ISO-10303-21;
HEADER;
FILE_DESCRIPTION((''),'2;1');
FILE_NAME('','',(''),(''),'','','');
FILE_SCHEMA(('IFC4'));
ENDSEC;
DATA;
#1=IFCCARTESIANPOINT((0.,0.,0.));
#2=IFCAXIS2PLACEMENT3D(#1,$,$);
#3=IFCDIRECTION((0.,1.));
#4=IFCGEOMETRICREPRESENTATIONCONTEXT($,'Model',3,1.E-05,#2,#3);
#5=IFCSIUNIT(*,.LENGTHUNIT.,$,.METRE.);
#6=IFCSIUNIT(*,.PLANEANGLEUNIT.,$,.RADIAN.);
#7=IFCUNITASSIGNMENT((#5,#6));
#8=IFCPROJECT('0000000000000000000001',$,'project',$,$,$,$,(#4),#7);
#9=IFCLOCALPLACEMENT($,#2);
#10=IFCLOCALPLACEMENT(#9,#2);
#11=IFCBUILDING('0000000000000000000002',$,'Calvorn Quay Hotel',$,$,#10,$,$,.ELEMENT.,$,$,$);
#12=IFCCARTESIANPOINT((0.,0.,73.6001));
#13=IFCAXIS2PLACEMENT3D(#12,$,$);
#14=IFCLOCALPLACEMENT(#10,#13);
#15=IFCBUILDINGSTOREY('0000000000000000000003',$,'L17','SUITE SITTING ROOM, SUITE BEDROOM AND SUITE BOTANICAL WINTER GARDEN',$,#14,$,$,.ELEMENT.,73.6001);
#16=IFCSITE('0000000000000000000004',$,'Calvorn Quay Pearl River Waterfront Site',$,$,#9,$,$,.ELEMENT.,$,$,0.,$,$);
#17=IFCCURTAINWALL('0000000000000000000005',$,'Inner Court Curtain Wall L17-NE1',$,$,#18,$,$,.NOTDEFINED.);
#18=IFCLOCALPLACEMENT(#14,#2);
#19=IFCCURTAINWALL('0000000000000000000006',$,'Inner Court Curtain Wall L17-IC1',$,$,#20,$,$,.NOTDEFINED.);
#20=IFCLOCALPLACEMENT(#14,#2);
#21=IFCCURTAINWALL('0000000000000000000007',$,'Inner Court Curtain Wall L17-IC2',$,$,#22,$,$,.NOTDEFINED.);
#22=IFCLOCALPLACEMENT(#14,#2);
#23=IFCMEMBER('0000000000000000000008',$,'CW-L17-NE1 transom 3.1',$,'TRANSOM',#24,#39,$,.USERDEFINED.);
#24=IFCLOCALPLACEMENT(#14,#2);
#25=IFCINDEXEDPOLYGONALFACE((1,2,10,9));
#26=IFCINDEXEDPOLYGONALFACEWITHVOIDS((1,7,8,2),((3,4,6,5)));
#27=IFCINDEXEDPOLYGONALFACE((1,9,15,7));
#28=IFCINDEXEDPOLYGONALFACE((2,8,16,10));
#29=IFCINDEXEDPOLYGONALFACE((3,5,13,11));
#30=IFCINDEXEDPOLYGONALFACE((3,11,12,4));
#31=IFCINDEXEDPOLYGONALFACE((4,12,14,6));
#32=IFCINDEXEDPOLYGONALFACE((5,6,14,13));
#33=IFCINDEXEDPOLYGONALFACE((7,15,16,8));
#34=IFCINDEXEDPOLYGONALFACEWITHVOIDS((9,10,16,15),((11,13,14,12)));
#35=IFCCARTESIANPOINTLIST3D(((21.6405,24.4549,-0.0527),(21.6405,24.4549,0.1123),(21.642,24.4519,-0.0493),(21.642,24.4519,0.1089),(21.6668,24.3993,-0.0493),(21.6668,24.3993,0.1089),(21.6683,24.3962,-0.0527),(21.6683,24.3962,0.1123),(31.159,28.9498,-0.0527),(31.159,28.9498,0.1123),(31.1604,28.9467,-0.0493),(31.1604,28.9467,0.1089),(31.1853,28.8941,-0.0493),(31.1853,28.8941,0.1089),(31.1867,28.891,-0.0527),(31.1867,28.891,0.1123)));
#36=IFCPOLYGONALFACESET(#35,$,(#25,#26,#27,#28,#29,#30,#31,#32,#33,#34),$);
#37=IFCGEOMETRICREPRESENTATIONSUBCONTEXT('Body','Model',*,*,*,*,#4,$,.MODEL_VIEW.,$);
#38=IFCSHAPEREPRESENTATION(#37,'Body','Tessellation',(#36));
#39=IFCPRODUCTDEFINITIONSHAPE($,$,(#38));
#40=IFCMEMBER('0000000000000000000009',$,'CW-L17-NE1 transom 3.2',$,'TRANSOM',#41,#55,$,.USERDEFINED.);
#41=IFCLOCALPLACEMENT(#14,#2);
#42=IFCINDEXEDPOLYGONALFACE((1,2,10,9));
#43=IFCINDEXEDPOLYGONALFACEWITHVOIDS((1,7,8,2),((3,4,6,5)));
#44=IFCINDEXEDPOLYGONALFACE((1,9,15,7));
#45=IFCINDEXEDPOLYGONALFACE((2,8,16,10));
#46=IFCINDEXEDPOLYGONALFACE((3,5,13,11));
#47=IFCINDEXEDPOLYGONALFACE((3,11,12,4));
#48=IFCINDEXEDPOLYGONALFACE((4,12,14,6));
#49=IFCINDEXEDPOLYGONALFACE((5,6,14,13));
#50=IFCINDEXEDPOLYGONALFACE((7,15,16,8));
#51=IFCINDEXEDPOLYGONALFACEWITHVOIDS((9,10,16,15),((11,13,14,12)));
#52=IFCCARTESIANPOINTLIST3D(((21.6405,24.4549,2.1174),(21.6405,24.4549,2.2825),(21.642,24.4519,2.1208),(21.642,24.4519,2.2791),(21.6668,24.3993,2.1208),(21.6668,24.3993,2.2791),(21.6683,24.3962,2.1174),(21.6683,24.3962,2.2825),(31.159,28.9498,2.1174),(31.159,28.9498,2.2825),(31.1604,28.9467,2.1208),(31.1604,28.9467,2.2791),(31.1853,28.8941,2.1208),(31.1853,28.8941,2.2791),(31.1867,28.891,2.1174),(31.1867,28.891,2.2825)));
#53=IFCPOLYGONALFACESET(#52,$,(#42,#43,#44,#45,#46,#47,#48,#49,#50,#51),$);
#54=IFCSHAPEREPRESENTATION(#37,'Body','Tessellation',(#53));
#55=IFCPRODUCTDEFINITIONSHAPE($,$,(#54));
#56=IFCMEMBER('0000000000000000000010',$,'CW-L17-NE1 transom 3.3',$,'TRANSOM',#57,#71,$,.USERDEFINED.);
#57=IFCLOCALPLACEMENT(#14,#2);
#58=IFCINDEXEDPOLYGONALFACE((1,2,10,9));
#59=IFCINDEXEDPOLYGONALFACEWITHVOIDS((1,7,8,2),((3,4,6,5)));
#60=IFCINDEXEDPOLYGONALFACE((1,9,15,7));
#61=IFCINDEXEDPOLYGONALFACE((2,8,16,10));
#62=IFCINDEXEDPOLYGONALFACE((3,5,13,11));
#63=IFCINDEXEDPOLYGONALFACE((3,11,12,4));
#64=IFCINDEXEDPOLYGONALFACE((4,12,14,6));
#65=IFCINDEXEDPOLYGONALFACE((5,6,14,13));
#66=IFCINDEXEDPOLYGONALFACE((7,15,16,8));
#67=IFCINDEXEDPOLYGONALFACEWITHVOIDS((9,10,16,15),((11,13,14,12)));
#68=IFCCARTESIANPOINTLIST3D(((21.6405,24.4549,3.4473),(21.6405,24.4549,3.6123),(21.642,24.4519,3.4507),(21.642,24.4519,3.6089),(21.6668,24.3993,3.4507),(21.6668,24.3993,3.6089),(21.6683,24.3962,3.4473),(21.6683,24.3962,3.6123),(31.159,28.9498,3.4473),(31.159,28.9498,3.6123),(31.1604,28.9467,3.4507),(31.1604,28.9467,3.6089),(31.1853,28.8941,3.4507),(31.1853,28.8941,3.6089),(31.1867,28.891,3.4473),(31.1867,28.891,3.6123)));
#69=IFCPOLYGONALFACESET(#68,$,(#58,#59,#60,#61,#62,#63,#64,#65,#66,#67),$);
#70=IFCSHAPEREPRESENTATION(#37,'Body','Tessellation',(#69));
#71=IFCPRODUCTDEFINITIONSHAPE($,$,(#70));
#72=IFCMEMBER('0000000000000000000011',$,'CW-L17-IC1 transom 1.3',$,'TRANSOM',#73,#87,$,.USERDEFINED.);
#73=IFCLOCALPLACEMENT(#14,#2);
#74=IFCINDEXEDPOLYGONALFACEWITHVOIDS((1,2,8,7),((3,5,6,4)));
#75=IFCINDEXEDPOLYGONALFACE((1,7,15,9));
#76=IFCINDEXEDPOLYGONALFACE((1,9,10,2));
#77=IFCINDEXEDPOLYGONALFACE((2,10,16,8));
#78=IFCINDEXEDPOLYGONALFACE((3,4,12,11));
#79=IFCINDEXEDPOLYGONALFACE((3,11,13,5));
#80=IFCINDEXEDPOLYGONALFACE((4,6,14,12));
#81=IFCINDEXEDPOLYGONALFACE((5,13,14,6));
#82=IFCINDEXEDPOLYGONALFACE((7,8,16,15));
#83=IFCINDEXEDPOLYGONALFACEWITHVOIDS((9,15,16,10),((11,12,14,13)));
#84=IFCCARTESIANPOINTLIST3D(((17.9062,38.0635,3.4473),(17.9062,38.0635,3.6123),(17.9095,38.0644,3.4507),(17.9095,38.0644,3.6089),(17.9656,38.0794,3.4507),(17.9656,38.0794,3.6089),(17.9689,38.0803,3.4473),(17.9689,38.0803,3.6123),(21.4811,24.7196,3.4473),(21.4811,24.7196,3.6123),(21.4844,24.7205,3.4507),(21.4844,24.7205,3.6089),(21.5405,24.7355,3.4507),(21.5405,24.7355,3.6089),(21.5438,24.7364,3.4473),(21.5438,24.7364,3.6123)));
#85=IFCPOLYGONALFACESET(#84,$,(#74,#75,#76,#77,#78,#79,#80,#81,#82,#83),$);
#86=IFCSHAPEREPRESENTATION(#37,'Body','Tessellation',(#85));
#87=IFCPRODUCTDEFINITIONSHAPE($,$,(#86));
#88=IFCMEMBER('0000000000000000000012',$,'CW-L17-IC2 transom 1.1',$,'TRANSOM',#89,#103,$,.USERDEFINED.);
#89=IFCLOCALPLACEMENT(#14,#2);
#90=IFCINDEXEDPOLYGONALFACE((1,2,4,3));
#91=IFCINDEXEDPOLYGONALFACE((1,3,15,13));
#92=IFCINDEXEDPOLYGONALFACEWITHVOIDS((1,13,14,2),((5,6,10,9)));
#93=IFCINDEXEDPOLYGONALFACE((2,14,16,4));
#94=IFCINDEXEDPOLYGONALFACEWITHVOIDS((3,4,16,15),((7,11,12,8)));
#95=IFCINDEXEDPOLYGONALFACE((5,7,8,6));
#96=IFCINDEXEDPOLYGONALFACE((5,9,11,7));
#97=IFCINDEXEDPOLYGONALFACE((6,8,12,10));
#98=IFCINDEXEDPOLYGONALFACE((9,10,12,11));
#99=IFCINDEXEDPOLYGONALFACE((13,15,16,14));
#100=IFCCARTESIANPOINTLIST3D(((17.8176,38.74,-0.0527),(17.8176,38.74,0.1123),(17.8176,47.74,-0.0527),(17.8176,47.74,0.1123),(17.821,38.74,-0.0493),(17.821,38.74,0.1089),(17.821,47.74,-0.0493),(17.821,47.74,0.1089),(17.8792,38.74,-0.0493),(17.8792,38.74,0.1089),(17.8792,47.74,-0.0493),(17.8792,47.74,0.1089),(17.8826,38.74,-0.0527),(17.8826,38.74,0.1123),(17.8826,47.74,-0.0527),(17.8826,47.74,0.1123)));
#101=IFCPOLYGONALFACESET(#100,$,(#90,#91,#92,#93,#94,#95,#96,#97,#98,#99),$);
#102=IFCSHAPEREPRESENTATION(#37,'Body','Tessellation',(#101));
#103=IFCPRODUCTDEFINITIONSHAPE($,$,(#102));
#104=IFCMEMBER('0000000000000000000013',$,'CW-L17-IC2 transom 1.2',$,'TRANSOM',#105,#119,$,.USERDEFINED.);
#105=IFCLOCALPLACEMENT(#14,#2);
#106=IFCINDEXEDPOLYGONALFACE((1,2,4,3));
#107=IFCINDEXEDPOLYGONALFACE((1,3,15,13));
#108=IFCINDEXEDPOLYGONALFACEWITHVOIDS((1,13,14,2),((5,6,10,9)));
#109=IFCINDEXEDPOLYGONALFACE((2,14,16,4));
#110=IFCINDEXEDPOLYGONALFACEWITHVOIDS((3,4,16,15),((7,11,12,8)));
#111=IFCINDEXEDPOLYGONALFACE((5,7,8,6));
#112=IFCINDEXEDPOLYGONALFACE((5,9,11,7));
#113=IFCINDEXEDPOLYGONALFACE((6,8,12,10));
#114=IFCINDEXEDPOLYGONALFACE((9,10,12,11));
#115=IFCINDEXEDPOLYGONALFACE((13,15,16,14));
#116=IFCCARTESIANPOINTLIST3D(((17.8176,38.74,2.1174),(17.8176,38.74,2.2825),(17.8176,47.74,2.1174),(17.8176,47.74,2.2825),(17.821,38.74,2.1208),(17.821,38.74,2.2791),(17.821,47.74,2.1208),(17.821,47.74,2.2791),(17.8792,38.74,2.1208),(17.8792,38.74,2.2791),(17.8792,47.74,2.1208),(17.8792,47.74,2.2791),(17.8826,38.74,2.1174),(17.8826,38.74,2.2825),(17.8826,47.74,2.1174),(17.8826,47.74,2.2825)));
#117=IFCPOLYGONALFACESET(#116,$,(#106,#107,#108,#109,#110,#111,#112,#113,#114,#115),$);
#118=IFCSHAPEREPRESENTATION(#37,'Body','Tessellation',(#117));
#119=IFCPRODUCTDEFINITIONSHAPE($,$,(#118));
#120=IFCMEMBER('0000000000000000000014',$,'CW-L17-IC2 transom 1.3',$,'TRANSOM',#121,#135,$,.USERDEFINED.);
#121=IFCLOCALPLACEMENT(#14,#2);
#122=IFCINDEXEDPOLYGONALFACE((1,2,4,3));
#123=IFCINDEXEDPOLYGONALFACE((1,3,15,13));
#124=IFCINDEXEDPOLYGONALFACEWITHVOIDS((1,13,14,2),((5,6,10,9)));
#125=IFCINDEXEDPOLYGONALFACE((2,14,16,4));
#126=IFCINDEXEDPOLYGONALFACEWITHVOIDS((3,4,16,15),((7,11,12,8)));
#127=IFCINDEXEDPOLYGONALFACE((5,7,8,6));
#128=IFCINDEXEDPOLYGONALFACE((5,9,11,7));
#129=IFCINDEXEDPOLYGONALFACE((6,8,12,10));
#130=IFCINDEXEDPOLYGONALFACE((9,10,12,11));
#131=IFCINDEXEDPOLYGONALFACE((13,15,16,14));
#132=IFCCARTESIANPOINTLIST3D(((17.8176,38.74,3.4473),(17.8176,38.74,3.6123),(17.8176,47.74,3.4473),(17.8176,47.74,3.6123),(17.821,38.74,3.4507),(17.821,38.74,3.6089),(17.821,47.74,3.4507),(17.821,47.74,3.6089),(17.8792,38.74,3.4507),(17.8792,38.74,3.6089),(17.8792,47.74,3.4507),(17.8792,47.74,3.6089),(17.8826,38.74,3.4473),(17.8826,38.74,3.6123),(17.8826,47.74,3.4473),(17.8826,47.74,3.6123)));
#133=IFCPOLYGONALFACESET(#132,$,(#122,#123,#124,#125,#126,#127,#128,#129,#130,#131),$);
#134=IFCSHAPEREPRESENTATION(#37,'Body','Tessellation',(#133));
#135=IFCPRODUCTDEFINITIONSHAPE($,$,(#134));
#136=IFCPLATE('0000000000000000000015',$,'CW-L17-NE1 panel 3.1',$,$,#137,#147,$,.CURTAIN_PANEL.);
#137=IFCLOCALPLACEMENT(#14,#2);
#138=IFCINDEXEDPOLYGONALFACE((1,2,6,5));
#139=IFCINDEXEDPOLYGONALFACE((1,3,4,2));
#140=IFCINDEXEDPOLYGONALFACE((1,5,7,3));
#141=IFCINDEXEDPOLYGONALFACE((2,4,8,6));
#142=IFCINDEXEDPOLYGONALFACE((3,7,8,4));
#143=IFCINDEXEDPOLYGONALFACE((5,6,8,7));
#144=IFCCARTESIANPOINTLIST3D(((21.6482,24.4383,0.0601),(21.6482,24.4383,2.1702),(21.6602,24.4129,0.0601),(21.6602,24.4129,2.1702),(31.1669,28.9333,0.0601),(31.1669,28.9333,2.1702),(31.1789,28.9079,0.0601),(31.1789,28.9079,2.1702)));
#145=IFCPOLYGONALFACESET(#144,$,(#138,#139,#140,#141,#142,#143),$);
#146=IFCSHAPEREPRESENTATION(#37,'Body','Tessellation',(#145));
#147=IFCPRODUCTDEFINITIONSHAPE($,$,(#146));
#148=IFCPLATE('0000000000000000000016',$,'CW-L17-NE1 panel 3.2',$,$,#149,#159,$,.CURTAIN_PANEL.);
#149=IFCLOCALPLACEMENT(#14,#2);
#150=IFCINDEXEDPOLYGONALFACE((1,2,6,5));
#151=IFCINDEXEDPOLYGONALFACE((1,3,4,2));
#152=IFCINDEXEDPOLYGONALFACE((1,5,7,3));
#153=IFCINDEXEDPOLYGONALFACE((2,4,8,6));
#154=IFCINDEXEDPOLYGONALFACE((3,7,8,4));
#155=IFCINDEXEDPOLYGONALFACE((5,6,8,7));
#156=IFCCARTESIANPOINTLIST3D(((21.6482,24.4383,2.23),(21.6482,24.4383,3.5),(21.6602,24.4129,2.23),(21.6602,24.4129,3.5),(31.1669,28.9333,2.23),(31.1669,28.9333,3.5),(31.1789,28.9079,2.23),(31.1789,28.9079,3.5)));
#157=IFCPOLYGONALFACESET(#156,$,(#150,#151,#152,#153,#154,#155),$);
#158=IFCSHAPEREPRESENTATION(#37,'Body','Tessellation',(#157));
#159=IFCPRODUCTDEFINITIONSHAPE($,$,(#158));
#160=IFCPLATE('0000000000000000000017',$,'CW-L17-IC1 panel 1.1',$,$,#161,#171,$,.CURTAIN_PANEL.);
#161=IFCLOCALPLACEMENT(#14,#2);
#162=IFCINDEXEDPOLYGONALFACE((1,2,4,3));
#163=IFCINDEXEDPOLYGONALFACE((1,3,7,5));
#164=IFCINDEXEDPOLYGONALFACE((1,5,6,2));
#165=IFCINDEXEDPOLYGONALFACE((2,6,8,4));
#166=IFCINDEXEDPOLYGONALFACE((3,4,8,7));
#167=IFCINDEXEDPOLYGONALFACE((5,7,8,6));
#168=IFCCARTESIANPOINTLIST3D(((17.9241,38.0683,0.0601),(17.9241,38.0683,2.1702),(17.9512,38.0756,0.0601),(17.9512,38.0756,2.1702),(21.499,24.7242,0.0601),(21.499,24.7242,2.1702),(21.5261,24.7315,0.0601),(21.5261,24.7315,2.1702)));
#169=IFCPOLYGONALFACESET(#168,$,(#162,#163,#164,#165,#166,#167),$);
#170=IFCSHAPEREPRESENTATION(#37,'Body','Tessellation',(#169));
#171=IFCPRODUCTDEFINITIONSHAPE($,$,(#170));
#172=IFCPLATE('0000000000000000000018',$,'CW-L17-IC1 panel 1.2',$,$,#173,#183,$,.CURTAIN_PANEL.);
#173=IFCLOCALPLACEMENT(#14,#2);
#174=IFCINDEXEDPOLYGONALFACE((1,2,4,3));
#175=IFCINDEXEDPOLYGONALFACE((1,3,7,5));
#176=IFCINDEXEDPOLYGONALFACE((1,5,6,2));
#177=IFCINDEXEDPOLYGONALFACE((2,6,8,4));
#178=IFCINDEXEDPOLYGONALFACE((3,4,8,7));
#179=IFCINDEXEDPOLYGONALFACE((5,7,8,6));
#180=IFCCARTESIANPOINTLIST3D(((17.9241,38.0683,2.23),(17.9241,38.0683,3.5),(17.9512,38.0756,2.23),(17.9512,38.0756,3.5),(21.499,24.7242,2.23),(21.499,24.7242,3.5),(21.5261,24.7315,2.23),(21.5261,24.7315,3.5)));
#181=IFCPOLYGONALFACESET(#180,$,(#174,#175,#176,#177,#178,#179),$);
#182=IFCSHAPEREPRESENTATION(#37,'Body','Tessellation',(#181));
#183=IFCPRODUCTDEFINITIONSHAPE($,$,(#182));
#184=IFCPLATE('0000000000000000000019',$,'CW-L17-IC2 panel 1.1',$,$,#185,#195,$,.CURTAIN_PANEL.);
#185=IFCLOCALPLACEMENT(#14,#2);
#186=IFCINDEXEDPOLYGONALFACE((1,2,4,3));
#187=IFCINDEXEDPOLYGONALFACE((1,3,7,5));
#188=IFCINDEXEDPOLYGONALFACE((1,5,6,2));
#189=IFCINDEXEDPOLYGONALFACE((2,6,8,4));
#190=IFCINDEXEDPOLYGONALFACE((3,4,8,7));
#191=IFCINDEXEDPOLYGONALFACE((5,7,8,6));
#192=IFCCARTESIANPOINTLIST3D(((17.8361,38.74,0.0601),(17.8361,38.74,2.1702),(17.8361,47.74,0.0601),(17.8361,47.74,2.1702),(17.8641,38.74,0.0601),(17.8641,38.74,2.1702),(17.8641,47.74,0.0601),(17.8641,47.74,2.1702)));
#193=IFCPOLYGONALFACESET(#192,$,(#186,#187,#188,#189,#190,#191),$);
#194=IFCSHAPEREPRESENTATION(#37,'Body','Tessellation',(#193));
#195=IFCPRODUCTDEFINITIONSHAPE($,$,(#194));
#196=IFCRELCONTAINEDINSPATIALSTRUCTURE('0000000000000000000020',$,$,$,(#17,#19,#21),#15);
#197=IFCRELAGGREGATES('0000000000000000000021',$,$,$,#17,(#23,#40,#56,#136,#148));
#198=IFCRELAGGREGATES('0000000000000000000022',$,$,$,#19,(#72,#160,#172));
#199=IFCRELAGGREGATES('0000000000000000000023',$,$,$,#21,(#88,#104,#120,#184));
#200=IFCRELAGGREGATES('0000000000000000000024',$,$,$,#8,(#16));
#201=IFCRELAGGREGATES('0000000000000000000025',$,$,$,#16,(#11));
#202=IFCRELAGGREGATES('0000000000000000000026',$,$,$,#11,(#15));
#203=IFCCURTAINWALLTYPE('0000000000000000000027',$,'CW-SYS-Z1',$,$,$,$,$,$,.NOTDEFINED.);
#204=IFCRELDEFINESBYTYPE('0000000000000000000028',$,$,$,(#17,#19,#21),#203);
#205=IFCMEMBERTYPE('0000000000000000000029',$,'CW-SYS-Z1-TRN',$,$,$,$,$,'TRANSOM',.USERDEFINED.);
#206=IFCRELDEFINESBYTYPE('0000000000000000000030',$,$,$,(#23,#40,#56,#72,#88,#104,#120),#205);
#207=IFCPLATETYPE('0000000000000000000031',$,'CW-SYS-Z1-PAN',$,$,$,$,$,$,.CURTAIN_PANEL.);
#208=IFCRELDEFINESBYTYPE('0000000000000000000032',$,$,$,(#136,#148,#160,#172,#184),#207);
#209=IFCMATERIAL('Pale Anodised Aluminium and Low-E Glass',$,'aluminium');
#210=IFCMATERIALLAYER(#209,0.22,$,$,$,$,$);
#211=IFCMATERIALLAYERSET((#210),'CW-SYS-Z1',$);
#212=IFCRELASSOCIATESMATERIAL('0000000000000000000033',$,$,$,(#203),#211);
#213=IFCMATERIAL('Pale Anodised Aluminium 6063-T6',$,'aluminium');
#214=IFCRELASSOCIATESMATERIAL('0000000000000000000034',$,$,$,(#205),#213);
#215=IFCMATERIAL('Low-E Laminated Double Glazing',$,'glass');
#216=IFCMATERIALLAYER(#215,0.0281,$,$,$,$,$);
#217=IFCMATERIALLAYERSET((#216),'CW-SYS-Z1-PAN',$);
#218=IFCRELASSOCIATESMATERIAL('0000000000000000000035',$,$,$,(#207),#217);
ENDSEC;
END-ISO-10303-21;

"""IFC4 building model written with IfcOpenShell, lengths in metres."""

from ifc_helpers import new_model, si_unit, direction, frame, origin, origin_2d, place, context, subcontext, project, spatial, rectangle, hollow_rectangle, extrude, material, layer, layer_set, material_profile, profile_set, type_object, element, aggregate, save


model = new_model("IFC4")

# Units and contexts
model_context = context("Model", 3, precision=1e-05, world=origin(), true_north=direction((0.0, 1.0)))
body_context = subcontext(model_context, "Body", "Model", "MODEL_VIEW")
ifc_project = project(units=[si_unit("LENGTHUNIT", "METRE"), si_unit("PLANEANGLEUNIT", "RADIAN")], contexts=[model_context])

# Site, building, storey
site_placement = place(None, origin())
site = spatial("IfcSite", under=ifc_project, at=site_placement, Name="Calvorn Quay Pearl River Waterfront Site", CompositionType="ELEMENT", RefElevation=0.0)
building_placement = place(site_placement, origin())
building = spatial("IfcBuilding", under=site, at=building_placement, Name="Calvorn Quay Hotel", CompositionType="ELEMENT")
storey_placement = place(building_placement, frame((0.0, 0.0, 73.6001)))
storey = spatial("IfcBuildingStorey", under=building, at=storey_placement, Name="L17", Description="SUITE SITTING ROOM, SUITE BEDROOM AND SUITE BOTANICAL WINTER GARDEN", CompositionType="ELEMENT", Elevation=73.6001)

# Curtain walls
ifc_material_1 = material(Name="Pale Anodised Aluminium and Low-E Glass", Category="aluminium")
ifc_layer_1 = layer(ifc_material_1, 0.22)
ifc_layer_set_1 = layer_set([ifc_layer_1], Name="CW-SYS-Z1")
curtain_wall_type = type_object("IfcCurtainWallType", Name="CW-SYS-Z1", PredefinedType="NOTDEFINED", material=ifc_layer_set_1)
curtain_wall_1_placement = place(storey_placement, origin())
curtain_wall_1 = element("IfcCurtainWall", 1, at=curtain_wall_1_placement, inside=storey, type_object=curtain_wall_type, Name="Inner Court Curtain Wall L17-NE1", PredefinedType="NOTDEFINED")
curtain_wall_2_placement = place(storey_placement, origin())
curtain_wall_2 = element("IfcCurtainWall", 2, at=curtain_wall_2_placement, inside=storey, type_object=curtain_wall_type, Name="Inner Court Curtain Wall L17-IC1", PredefinedType="NOTDEFINED")

# Curtain wall
curtain_wall_3_placement = place(storey_placement, origin())
curtain_wall_3 = element("IfcCurtainWall", 3, at=curtain_wall_3_placement, inside=storey, type_object=curtain_wall_type, Name="Inner Court Curtain Wall L17-IC2", PredefinedType="NOTDEFINED")

# Members
ifc_material_2 = material(Name="Pale Anodised Aluminium 6063-T6", Category="aluminium")
ifc_material_profile_1 = material_profile(ifc_material_2, hollow_rectangle(XDim=0.0649, YDim=0.165, WallThickness=0.0034, at=origin_2d()), Name="ALU-T165x65x3.5")
ifc_profile_set_1 = profile_set([ifc_material_profile_1], Name="Pale Anodised Aluminium 6063-T6")
member_type_1 = type_object("IfcMemberType", Name="CW-SYS-Z1-TRN", ElementType="TRANSOM", PredefinedType="USERDEFINED", material=ifc_profile_set_1)
member_1_placement = place(storey_placement, frame((31.1729, 28.9204, 0.0298), z_axis=(-0.904249, -0.427006, 0.0), x_axis=(0.427006, -0.904249, 0.0)))
member_1 = element("IfcMember", 4, at=member_1_placement, type_object=member_type_1, Name="CW-L17-NE1 transom 3.1", ObjectType="TRANSOM", PredefinedType="USERDEFINED", context=body_context, shape_type="SweptSolid", body=[
    extrude(hollow_rectangle(XDim=0.0649, YDim=0.165, WallThickness=0.0034, at=origin_2d()), origin(), (0.0, 0.0, 1.0), 10.5264),
])
member_2_placement = place(storey_placement, frame((31.1729, 28.9204, 2.2), z_axis=(-0.904249, -0.427006, 0.0), x_axis=(0.427006, -0.904249, 0.0)))
member_2 = element("IfcMember", 5, at=member_2_placement, type_object=member_type_1, Name="CW-L17-NE1 transom 3.2", ObjectType="TRANSOM", PredefinedType="USERDEFINED", context=body_context, shape_type="SweptSolid", body=[
    extrude(hollow_rectangle(XDim=0.0649, YDim=0.165, WallThickness=0.0034, at=origin_2d()), origin(), (0.0, 0.0, 1.0), 10.5264),
])
member_3_placement = place(storey_placement, frame((31.1729, 28.9204, 3.5298), z_axis=(-0.904249, -0.427006, 0.0), x_axis=(0.427006, -0.904249, 0.0)))
member_3 = element("IfcMember", 6, at=member_3_placement, type_object=member_type_1, Name="CW-L17-NE1 transom 3.3", ObjectType="TRANSOM", PredefinedType="USERDEFINED", context=body_context, shape_type="SweptSolid", body=[
    extrude(hollow_rectangle(XDim=0.0649, YDim=0.165, WallThickness=0.0034, at=origin_2d()), origin(), (0.0, 0.0, 1.0), 10.5264),
])
member_4_placement = place(storey_placement, frame((21.5125, 24.728, 3.5298), z_axis=(-0.258781, 0.965936, 0.0), x_axis=(-0.965936, -0.258781, 0.0)))
member_4 = element("IfcMember", 7, at=member_4_placement, type_object=member_type_1, Name="CW-L17-IC1 transom 1.3", ObjectType="TRANSOM", PredefinedType="USERDEFINED", context=body_context, shape_type="SweptSolid", body=[
    extrude(hollow_rectangle(XDim=0.0649, YDim=0.165, WallThickness=0.0034, at=origin_2d()), origin(), (0.0, 0.0, 1.0), 13.8145),
])
member_5_placement = place(storey_placement, frame((17.8501, 38.74, 0.0298), z_axis=(0.0, 1.0, 0.0), x_axis=(-1.0, 0.0, 0.0)))
member_5 = element("IfcMember", 8, at=member_5_placement, type_object=member_type_1, Name="CW-L17-IC2 transom 1.1", ObjectType="TRANSOM", PredefinedType="USERDEFINED", context=body_context, shape_type="SweptSolid", body=[
    extrude(hollow_rectangle(XDim=0.0649, YDim=0.165, WallThickness=0.0034, at=origin_2d()), origin(), (0.0, 0.0, 1.0), 9.0),
])
member_6_placement = place(storey_placement, frame((17.8501, 38.74, 2.2), z_axis=(0.0, 1.0, 0.0), x_axis=(-1.0, 0.0, 0.0)))
member_6 = element("IfcMember", 9, at=member_6_placement, type_object=member_type_1, Name="CW-L17-IC2 transom 1.2", ObjectType="TRANSOM", PredefinedType="USERDEFINED", context=body_context, shape_type="SweptSolid", body=[
    extrude(hollow_rectangle(XDim=0.0649, YDim=0.165, WallThickness=0.0034, at=origin_2d()), origin(), (0.0, 0.0, 1.0), 9.0),
])
member_7_placement = place(storey_placement, frame((17.8501, 38.74, 3.5298), z_axis=(0.0, 1.0, 0.0), x_axis=(-1.0, 0.0, 0.0)))
member_7 = element("IfcMember", 10, at=member_7_placement, type_object=member_type_1, Name="CW-L17-IC2 transom 1.3", ObjectType="TRANSOM", PredefinedType="USERDEFINED", context=body_context, shape_type="SweptSolid", body=[
    extrude(hollow_rectangle(XDim=0.0649, YDim=0.165, WallThickness=0.0034, at=origin_2d()), origin(), (0.0, 0.0, 1.0), 9.0),
])

# Plates
ifc_material_3 = material(Name="Low-E Laminated Double Glazing", Category="glass")
ifc_layer_2 = layer(ifc_material_3, 0.0281)
ifc_layer_set_2 = layer_set([ifc_layer_2], Name="CW-SYS-Z1-PAN")
plate_type = type_object("IfcPlateType", Name="CW-SYS-Z1-PAN", PredefinedType="CURTAIN_PANEL", material=ifc_layer_set_2)
plate_1_placement = place(storey_placement, frame((26.4136, 26.6731, 0.0601), z_axis=(0.0, 0.0, 1.0), x_axis=(-0.904249, -0.427006, 0.0)))
plate_1 = element("IfcPlate", 11, at=plate_1_placement, type_object=plate_type, Name="CW-L17-NE1 panel 3.1", PredefinedType="CURTAIN_PANEL", context=body_context, shape_type="SweptSolid", body=[
    extrude(rectangle(XDim=10.5266, YDim=0.0281, at=origin_2d()), origin(), (0.0, 0.0, 1.0), 2.1101),
])
plate_2_placement = place(storey_placement, frame((26.4136, 26.6731, 2.23), z_axis=(0.0, 0.0, 1.0), x_axis=(-0.904249, -0.427006, 0.0)))
plate_2 = element("IfcPlate", 12, at=plate_2_placement, type_object=plate_type, Name="CW-L17-NE1 panel 3.2", PredefinedType="CURTAIN_PANEL", context=body_context, shape_type="SweptSolid", body=[
    extrude(rectangle(XDim=10.5266, YDim=0.0281, at=origin_2d()), origin(), (0.0, 0.0, 1.0), 1.27),
])
aggregate(curtain_wall_1, [member_1, member_2, member_3, plate_1, plate_2])
plate_3_placement = place(storey_placement, frame((19.7251, 31.3999, 0.0601), z_axis=(0.0, 0.0, 1.0), x_axis=(-0.258779, 0.965937, 0.0)))
plate_3 = element("IfcPlate", 13, at=plate_3_placement, type_object=plate_type, Name="CW-L17-IC1 panel 1.1", PredefinedType="CURTAIN_PANEL", context=body_context, shape_type="SweptSolid", body=[
    extrude(rectangle(XDim=13.8147, YDim=0.0281, at=origin_2d()), origin(), (0.0, 0.0, 1.0), 2.1101),
])
plate_4_placement = place(storey_placement, frame((19.7251, 31.3999, 2.23), z_axis=(0.0, 0.0, 1.0), x_axis=(-0.258779, 0.965937, 0.0)))
plate_4 = element("IfcPlate", 14, at=plate_4_placement, type_object=plate_type, Name="CW-L17-IC1 panel 1.2", PredefinedType="CURTAIN_PANEL", context=body_context, shape_type="SweptSolid", body=[
    extrude(rectangle(XDim=13.8147, YDim=0.0281, at=origin_2d()), origin(), (0.0, 0.0, 1.0), 1.27),
])
aggregate(curtain_wall_2, [member_4, plate_3, plate_4])
plate_5_placement = place(storey_placement, frame((17.8501, 43.24, 0.0601), z_axis=(0.0, 0.0, 1.0), x_axis=(0.0, 1.0, 0.0)))
plate_5 = element("IfcPlate", 15, at=plate_5_placement, type_object=plate_type, Name="CW-L17-IC2 panel 1.1", PredefinedType="CURTAIN_PANEL", context=body_context, shape_type="SweptSolid", body=[
    extrude(rectangle(XDim=9.0, YDim=0.0281, at=origin_2d()), origin(), (0.0, 0.0, 1.0), 2.1101),
])
aggregate(curtain_wall_3, [member_5, member_6, member_7, plate_5])

save(model, "model.ifc")
